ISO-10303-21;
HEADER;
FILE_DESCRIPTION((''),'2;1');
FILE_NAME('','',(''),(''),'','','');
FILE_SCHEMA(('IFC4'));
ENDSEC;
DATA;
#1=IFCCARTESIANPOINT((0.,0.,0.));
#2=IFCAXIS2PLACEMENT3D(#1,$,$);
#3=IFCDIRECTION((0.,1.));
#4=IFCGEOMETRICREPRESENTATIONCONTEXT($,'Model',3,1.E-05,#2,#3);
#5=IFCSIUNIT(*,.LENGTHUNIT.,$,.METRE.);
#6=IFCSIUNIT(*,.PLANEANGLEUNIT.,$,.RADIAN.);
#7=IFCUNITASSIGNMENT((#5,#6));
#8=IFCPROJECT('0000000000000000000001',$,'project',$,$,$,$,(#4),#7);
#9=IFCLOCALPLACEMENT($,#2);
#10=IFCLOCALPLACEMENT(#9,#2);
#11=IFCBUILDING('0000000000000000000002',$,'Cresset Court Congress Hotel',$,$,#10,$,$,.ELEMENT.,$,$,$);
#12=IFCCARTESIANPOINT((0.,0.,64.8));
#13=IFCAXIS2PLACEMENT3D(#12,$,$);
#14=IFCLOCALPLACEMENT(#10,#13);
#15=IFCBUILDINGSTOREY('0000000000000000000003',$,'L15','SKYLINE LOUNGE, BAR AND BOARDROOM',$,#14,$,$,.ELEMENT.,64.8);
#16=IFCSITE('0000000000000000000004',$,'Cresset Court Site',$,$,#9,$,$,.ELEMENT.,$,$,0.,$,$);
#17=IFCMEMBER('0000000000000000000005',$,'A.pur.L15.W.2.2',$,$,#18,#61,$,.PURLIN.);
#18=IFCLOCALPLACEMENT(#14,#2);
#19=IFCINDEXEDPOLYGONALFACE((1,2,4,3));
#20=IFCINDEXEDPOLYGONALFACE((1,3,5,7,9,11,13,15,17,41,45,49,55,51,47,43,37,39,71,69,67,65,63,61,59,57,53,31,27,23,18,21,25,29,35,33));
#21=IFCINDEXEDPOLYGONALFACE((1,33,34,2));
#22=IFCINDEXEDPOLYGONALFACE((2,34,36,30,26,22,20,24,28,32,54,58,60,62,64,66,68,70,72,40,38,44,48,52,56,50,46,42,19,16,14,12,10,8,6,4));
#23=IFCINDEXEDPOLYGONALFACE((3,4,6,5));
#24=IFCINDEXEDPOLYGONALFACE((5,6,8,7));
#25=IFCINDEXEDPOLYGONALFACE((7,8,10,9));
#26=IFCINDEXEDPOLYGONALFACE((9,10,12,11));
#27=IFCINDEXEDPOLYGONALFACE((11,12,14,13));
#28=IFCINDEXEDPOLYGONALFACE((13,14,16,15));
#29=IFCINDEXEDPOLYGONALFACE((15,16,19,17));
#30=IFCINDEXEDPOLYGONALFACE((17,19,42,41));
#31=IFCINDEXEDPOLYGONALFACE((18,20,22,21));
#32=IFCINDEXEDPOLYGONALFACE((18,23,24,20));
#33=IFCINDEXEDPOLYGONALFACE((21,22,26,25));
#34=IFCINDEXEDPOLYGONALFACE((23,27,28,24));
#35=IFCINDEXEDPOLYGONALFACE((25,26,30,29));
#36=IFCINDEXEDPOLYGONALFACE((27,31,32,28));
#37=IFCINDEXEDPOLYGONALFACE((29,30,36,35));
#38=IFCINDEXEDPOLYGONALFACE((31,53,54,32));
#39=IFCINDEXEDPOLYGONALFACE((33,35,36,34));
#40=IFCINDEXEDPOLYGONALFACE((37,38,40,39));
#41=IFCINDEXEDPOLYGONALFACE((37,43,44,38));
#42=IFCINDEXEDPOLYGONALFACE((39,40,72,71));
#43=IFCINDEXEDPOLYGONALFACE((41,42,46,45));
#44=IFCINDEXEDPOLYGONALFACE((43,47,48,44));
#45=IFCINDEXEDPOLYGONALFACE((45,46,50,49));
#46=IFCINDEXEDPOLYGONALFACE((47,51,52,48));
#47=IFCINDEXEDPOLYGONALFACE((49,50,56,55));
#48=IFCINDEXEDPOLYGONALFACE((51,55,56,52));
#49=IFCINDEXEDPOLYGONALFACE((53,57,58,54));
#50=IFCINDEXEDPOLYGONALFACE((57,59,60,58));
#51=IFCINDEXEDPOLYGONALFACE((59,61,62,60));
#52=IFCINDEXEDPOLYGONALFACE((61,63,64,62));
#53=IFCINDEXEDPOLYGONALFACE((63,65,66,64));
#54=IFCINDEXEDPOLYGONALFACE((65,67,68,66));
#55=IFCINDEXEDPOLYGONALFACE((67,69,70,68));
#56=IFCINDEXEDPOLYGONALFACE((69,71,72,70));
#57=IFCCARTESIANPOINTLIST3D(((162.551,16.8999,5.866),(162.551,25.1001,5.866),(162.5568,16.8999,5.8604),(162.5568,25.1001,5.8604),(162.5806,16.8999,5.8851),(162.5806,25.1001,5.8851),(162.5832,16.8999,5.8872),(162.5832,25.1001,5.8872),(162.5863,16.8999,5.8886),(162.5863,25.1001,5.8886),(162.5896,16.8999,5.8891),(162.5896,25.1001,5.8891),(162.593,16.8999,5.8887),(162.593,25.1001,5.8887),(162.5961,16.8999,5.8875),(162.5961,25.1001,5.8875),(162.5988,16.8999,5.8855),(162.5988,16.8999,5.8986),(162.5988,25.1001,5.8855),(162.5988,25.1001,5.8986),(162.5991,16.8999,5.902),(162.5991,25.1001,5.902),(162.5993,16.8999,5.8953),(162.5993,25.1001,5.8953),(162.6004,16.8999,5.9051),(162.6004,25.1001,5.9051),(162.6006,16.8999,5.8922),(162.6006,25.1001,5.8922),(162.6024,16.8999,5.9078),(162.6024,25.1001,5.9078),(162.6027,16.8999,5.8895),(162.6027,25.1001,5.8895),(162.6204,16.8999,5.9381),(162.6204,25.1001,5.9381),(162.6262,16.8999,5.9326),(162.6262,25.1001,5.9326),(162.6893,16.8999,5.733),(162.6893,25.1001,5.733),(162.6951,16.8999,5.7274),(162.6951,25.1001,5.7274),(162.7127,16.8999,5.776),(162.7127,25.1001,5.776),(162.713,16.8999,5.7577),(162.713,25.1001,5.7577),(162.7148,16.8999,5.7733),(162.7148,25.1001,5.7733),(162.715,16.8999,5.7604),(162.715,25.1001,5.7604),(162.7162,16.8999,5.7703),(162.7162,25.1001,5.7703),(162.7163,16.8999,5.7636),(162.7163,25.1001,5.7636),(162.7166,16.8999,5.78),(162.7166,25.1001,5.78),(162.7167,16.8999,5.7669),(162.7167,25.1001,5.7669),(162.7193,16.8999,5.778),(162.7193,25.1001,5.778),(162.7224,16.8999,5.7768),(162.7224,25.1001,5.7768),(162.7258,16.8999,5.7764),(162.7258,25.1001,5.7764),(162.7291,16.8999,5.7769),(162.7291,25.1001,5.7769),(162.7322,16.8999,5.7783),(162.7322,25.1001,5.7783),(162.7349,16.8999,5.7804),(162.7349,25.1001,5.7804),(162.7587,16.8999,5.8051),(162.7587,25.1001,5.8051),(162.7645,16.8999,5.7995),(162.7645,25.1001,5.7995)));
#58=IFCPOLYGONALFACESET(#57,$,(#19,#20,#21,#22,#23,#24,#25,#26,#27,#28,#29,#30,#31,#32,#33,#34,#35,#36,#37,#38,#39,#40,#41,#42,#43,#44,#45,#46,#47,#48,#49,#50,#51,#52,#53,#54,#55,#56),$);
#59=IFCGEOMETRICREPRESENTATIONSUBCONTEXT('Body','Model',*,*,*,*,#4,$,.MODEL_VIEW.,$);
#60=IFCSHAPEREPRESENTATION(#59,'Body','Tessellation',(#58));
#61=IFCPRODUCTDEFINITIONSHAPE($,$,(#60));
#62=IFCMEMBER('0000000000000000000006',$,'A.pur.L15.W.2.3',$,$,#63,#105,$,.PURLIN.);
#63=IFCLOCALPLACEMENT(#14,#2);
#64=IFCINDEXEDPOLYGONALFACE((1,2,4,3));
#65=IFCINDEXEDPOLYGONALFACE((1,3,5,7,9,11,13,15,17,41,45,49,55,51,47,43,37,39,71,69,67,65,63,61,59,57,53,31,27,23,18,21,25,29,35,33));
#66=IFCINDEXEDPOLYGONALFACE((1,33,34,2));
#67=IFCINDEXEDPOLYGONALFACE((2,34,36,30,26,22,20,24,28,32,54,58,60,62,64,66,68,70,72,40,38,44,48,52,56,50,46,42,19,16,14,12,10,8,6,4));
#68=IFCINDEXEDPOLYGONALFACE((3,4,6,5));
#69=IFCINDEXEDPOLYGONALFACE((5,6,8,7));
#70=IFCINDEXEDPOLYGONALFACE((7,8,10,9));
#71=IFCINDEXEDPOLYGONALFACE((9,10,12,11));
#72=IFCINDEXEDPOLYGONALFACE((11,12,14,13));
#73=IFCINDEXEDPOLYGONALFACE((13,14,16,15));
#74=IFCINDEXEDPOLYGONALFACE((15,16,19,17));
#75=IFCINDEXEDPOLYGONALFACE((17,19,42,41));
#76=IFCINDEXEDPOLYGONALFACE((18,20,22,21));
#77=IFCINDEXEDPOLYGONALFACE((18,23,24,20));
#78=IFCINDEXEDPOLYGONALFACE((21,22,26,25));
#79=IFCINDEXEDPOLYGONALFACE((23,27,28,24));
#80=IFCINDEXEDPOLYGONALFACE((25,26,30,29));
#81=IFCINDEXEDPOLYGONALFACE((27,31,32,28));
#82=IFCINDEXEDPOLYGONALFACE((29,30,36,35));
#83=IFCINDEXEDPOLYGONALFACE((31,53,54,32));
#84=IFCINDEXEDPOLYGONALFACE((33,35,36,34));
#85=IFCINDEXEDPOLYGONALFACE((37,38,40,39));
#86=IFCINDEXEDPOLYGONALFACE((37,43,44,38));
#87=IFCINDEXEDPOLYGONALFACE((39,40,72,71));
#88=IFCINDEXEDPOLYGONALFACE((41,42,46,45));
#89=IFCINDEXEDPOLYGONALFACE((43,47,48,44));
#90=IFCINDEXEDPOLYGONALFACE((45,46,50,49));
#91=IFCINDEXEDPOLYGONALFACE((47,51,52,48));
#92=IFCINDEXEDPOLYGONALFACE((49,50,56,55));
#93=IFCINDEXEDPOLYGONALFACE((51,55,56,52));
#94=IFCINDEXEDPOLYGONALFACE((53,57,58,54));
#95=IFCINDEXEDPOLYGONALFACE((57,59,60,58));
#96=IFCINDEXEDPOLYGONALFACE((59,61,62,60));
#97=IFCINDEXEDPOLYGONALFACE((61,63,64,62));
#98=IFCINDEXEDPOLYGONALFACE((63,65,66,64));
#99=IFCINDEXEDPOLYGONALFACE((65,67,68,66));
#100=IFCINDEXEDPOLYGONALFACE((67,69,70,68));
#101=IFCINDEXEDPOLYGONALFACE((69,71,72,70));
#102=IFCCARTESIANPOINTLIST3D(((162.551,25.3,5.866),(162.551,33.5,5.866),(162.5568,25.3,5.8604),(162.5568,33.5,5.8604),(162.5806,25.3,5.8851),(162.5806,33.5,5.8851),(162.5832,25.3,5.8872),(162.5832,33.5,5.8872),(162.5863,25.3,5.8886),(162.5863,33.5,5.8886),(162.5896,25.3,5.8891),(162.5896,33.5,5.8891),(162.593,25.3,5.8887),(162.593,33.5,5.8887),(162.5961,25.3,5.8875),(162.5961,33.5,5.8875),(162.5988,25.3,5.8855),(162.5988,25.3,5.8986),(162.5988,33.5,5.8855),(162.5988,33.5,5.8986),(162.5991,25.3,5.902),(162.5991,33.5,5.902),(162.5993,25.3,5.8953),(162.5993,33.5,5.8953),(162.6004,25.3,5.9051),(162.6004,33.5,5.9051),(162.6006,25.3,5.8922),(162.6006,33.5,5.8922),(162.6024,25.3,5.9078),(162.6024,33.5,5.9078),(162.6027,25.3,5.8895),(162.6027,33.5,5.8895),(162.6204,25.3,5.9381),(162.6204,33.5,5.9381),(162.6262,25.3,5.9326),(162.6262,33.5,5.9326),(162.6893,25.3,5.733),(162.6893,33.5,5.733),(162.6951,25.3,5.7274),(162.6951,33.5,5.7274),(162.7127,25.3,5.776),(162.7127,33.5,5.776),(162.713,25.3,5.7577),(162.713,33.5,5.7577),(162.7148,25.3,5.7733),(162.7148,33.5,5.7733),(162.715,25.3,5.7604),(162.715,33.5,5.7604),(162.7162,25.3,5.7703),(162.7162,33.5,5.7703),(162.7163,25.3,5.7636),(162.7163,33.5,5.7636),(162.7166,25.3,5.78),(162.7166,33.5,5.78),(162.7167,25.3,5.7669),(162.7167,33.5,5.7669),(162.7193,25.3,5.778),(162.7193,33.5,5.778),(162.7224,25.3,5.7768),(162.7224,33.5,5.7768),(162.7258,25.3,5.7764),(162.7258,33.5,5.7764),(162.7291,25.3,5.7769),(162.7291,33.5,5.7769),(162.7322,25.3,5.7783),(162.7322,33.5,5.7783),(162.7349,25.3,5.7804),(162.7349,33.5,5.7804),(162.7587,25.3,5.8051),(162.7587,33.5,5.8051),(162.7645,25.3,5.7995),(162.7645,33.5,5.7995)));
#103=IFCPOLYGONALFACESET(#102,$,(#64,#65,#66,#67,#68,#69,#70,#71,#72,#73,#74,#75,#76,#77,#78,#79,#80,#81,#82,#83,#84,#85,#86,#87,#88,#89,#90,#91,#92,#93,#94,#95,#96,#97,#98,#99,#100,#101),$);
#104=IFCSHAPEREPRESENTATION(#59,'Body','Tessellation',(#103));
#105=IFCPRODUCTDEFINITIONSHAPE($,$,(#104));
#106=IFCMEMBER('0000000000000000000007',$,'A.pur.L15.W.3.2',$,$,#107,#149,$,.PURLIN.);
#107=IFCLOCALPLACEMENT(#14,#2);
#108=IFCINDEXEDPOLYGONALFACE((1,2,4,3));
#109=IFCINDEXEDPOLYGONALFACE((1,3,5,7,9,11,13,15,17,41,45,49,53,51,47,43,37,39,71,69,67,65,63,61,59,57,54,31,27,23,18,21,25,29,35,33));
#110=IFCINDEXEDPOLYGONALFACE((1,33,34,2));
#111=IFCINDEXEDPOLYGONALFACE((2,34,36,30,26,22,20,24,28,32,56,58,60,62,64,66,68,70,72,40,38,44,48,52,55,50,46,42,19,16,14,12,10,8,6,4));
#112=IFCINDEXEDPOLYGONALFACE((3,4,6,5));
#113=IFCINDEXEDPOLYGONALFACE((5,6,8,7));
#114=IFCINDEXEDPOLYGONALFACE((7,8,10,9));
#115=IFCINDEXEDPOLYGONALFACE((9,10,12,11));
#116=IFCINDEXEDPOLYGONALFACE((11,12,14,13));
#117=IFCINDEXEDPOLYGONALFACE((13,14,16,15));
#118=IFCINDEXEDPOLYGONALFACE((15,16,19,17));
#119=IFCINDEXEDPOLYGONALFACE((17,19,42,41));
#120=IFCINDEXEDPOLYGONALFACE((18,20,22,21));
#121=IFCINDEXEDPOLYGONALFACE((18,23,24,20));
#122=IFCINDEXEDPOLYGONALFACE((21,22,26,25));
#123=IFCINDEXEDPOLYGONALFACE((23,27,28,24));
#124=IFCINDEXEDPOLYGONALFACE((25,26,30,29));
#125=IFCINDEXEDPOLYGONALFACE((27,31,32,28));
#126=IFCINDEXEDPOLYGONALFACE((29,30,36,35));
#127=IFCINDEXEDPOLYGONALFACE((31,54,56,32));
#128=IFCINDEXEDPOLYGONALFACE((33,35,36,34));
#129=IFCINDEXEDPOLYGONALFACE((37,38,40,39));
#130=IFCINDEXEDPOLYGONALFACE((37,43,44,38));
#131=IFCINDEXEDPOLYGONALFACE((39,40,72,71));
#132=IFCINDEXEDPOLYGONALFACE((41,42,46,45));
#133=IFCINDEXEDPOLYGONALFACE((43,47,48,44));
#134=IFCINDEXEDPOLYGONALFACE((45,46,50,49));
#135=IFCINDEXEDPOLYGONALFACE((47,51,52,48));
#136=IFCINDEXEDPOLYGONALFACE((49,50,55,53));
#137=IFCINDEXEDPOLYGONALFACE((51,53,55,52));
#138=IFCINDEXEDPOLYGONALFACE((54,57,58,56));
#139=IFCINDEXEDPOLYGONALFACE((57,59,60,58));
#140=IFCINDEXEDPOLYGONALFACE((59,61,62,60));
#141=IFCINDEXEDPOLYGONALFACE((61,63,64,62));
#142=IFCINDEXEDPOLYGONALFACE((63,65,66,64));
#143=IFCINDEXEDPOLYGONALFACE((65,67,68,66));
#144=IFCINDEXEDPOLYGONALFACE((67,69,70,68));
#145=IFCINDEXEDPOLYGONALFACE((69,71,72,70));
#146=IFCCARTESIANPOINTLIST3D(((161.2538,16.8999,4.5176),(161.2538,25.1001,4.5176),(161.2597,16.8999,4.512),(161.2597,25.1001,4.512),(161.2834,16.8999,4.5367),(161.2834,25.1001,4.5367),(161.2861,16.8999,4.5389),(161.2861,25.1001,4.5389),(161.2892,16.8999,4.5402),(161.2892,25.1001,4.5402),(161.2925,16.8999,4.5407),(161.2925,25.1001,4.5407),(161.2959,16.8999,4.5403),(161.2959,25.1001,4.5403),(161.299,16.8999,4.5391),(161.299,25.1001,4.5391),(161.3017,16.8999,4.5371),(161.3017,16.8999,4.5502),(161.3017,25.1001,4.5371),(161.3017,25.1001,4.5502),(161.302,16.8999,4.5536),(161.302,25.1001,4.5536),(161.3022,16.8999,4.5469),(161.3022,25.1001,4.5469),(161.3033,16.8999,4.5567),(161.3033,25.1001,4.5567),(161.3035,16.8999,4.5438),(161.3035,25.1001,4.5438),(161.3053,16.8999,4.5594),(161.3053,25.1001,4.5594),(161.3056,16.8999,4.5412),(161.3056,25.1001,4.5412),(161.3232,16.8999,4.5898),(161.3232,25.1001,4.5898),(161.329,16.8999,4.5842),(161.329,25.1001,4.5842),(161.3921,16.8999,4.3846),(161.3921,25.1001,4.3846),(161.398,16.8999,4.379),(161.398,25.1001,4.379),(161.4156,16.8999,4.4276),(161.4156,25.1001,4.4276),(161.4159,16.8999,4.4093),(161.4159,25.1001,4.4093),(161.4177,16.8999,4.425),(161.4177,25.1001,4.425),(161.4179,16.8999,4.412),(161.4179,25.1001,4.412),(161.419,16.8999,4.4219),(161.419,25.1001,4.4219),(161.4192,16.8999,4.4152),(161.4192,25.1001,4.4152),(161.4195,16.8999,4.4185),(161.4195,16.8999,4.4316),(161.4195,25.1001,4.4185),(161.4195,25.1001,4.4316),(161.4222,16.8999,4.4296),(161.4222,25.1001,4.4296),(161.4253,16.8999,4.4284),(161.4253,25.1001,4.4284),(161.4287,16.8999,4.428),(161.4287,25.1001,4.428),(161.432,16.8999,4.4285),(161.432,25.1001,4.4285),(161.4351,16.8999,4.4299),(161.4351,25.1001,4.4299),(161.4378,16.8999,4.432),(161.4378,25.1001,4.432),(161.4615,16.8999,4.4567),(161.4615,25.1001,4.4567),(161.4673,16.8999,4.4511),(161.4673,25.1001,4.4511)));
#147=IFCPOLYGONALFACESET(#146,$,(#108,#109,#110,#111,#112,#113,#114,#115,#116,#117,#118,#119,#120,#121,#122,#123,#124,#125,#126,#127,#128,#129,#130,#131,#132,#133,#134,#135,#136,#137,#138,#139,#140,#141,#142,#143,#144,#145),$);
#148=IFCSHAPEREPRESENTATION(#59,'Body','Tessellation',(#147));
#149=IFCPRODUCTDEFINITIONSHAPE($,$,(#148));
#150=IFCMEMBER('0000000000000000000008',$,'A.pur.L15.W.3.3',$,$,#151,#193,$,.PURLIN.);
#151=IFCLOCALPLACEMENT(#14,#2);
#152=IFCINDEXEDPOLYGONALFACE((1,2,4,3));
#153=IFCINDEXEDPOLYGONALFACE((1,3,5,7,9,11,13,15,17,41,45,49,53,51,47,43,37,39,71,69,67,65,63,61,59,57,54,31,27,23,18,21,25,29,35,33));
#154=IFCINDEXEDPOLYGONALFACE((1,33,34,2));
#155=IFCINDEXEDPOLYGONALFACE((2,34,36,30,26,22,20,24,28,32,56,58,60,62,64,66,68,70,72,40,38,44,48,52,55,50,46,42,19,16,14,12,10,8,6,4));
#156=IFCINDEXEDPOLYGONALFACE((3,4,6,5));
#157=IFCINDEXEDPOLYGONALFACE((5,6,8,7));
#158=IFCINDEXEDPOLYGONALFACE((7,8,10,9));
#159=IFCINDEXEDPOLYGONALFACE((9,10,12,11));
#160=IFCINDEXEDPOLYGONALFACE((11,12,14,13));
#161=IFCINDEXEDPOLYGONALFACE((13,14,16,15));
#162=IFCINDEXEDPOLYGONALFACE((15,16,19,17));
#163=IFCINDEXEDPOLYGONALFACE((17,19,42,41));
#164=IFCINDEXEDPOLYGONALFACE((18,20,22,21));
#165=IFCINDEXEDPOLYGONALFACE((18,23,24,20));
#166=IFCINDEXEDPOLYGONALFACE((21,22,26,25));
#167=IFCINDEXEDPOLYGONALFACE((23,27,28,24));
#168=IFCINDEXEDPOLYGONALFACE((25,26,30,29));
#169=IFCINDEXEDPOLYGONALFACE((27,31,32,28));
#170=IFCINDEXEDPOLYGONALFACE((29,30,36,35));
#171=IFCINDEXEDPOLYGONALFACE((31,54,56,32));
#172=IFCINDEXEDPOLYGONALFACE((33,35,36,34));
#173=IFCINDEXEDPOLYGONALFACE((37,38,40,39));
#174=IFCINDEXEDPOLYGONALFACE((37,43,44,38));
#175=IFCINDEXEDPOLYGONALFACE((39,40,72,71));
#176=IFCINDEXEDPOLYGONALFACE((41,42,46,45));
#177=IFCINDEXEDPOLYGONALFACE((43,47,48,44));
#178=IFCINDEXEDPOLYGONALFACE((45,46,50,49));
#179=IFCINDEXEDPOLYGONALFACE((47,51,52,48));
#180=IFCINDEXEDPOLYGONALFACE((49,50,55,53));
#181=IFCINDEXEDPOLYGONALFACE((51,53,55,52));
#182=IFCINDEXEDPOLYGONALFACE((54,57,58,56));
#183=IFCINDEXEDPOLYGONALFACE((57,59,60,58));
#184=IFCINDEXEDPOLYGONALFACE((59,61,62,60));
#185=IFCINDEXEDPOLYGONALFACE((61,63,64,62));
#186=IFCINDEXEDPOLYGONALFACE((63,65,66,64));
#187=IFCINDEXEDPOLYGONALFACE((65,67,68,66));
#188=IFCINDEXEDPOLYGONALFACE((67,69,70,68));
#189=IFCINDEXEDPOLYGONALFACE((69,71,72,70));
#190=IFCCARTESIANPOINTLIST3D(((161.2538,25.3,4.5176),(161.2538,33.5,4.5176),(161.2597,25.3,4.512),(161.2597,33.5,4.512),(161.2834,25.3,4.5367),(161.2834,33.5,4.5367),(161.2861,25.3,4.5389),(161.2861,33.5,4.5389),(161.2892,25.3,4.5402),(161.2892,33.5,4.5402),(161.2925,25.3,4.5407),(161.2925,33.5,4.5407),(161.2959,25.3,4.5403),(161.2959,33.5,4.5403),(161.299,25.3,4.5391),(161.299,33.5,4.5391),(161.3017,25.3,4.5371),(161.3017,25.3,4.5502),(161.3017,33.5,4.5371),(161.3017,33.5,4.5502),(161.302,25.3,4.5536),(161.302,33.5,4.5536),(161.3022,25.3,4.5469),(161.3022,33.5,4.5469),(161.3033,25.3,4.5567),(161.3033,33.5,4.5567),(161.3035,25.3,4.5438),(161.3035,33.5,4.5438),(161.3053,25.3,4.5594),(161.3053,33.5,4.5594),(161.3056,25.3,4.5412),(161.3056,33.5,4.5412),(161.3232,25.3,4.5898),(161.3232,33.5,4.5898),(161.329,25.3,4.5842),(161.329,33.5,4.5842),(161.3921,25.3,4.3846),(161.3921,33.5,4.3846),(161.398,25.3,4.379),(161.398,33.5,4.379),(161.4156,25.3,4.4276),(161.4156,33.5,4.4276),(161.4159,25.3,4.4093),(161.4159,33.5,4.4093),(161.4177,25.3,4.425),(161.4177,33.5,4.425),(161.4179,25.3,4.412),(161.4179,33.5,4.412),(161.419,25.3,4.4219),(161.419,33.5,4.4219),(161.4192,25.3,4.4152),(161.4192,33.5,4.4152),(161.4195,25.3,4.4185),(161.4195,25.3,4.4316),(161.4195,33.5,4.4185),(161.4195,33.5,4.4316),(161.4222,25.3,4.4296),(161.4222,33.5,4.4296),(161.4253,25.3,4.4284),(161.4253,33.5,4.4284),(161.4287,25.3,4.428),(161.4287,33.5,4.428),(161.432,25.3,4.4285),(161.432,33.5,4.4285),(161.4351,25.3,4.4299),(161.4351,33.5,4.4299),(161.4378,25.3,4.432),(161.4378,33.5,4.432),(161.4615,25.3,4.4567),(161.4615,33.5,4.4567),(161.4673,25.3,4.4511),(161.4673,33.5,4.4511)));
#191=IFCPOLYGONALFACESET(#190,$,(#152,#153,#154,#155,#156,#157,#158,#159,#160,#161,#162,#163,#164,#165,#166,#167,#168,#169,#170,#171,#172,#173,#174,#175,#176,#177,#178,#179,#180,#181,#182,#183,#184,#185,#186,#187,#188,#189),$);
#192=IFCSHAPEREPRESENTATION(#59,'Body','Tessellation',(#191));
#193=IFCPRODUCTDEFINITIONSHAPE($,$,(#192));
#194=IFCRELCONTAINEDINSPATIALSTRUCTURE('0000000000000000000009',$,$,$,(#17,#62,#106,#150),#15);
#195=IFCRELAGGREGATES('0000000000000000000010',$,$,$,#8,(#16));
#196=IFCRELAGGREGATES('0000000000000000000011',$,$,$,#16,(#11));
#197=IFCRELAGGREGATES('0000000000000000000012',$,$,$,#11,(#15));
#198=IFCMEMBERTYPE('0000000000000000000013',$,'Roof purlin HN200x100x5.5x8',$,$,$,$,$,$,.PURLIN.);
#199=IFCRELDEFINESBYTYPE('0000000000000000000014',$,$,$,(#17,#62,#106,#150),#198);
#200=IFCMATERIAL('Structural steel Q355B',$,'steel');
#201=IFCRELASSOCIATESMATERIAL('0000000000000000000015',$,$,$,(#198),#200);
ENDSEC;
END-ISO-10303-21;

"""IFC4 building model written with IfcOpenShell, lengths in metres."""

from ifc_helpers import new_model, si_unit, direction, frame, origin, origin_2d, place, context, subcontext, project, spatial, i_section, extrude, material, material_profile, profile_set, type_object, element, save


model = new_model("IFC4")

# Units and contexts
model_context = context("Model", 3, precision=1e-05, world=origin(), true_north=direction((0.0, 1.0)))
body_context = subcontext(model_context, "Body", "Model", "MODEL_VIEW")
ifc_project = project(units=[si_unit("LENGTHUNIT", "METRE"), si_unit("PLANEANGLEUNIT", "RADIAN")], contexts=[model_context])

# Site, building, storey
site_placement = place(None, origin())
site = spatial("IfcSite", under=ifc_project, at=site_placement, Name="Cresset Court Site", CompositionType="ELEMENT", RefElevation=0.0)
building_placement = place(site_placement, origin())
building = spatial("IfcBuilding", under=site, at=building_placement, Name="Cresset Court Congress Hotel", CompositionType="ELEMENT")
storey_placement = place(building_placement, frame((0.0, 0.0, 64.8)))
storey = spatial("IfcBuildingStorey", under=building, at=storey_placement, Name="L15", Description="SKYLINE LOUNGE, BAR AND BOARDROOM", CompositionType="ELEMENT", Elevation=64.8)

# Members
ifc_material_1 = material(Name="Structural steel Q355B", Category="steel")
ifc_material_profile_1 = material_profile(ifc_material_1, i_section(OverallWidth=0.1001, OverallDepth=0.2, WebThickness=0.0056, FlangeThickness=0.0081, FilletRadius=0.0129, at=origin_2d()), Name="HN200x100x5.5x8")
ifc_profile_set_1 = profile_set([ifc_material_profile_1], Name="Structural steel Q355B")
member_type_1 = type_object("IfcMemberType", Name="Roof purlin HN200x100x5.5x8", PredefinedType="PURLIN", material=ifc_profile_set_1)
member_1_placement = place(storey_placement, frame((162.6577, 16.8999, 5.8328), z_axis=(0.0, 1.0, 0.0), x_axis=(-0.693246, 0.0, -0.720701)))
element("IfcMember", 1, at=member_1_placement, inside=storey, type_object=member_type_1, Name="A.pur.L15.W.2.2", PredefinedType="PURLIN", context=body_context, shape_type="SweptSolid", body=[
    extrude(i_section(OverallWidth=0.1001, OverallDepth=0.2, WebThickness=0.0056, FlangeThickness=0.0081, FilletRadius=0.0129, at=origin_2d()), origin(), (0.0, 0.0, 1.0), 8.2002),
])
member_2_placement = place(storey_placement, frame((162.6577, 25.3, 5.8328), z_axis=(0.0, 1.0, 0.0), x_axis=(-0.693246, 0.0, -0.720701)))
element("IfcMember", 2, at=member_2_placement, inside=storey, type_object=member_type_1, Name="A.pur.L15.W.2.3", PredefinedType="PURLIN", context=body_context, shape_type="SweptSolid", body=[
    extrude(i_section(OverallWidth=0.1001, OverallDepth=0.2, WebThickness=0.0056, FlangeThickness=0.0081, FilletRadius=0.0129, at=origin_2d()), origin(), (0.0, 0.0, 1.0), 8.2),
])
member_3_placement = place(storey_placement, frame((161.3606, 16.8999, 4.4844), z_axis=(0.0, 1.0, 0.0), x_axis=(-0.693246, 0.0, -0.720701)))
element("IfcMember", 3, at=member_3_placement, inside=storey, type_object=member_type_1, Name="A.pur.L15.W.3.2", PredefinedType="PURLIN", context=body_context, shape_type="SweptSolid", body=[
    extrude(i_section(OverallWidth=0.1001, OverallDepth=0.2, WebThickness=0.0056, FlangeThickness=0.0081, FilletRadius=0.0129, at=origin_2d()), origin(), (0.0, 0.0, 1.0), 8.2002),
])
member_4_placement = place(storey_placement, frame((161.3606, 25.3, 4.4844), z_axis=(0.0, 1.0, 0.0), x_axis=(-0.693246, 0.0, -0.720701)))
element("IfcMember", 4, at=member_4_placement, inside=storey, type_object=member_type_1, Name="A.pur.L15.W.3.3", PredefinedType="PURLIN", context=body_context, shape_type="SweptSolid", body=[
    extrude(i_section(OverallWidth=0.1001, OverallDepth=0.2, WebThickness=0.0056, FlangeThickness=0.0081, FilletRadius=0.0129, at=origin_2d()), origin(), (0.0, 0.0, 1.0), 8.2),
])

save(model, "model.ifc")
